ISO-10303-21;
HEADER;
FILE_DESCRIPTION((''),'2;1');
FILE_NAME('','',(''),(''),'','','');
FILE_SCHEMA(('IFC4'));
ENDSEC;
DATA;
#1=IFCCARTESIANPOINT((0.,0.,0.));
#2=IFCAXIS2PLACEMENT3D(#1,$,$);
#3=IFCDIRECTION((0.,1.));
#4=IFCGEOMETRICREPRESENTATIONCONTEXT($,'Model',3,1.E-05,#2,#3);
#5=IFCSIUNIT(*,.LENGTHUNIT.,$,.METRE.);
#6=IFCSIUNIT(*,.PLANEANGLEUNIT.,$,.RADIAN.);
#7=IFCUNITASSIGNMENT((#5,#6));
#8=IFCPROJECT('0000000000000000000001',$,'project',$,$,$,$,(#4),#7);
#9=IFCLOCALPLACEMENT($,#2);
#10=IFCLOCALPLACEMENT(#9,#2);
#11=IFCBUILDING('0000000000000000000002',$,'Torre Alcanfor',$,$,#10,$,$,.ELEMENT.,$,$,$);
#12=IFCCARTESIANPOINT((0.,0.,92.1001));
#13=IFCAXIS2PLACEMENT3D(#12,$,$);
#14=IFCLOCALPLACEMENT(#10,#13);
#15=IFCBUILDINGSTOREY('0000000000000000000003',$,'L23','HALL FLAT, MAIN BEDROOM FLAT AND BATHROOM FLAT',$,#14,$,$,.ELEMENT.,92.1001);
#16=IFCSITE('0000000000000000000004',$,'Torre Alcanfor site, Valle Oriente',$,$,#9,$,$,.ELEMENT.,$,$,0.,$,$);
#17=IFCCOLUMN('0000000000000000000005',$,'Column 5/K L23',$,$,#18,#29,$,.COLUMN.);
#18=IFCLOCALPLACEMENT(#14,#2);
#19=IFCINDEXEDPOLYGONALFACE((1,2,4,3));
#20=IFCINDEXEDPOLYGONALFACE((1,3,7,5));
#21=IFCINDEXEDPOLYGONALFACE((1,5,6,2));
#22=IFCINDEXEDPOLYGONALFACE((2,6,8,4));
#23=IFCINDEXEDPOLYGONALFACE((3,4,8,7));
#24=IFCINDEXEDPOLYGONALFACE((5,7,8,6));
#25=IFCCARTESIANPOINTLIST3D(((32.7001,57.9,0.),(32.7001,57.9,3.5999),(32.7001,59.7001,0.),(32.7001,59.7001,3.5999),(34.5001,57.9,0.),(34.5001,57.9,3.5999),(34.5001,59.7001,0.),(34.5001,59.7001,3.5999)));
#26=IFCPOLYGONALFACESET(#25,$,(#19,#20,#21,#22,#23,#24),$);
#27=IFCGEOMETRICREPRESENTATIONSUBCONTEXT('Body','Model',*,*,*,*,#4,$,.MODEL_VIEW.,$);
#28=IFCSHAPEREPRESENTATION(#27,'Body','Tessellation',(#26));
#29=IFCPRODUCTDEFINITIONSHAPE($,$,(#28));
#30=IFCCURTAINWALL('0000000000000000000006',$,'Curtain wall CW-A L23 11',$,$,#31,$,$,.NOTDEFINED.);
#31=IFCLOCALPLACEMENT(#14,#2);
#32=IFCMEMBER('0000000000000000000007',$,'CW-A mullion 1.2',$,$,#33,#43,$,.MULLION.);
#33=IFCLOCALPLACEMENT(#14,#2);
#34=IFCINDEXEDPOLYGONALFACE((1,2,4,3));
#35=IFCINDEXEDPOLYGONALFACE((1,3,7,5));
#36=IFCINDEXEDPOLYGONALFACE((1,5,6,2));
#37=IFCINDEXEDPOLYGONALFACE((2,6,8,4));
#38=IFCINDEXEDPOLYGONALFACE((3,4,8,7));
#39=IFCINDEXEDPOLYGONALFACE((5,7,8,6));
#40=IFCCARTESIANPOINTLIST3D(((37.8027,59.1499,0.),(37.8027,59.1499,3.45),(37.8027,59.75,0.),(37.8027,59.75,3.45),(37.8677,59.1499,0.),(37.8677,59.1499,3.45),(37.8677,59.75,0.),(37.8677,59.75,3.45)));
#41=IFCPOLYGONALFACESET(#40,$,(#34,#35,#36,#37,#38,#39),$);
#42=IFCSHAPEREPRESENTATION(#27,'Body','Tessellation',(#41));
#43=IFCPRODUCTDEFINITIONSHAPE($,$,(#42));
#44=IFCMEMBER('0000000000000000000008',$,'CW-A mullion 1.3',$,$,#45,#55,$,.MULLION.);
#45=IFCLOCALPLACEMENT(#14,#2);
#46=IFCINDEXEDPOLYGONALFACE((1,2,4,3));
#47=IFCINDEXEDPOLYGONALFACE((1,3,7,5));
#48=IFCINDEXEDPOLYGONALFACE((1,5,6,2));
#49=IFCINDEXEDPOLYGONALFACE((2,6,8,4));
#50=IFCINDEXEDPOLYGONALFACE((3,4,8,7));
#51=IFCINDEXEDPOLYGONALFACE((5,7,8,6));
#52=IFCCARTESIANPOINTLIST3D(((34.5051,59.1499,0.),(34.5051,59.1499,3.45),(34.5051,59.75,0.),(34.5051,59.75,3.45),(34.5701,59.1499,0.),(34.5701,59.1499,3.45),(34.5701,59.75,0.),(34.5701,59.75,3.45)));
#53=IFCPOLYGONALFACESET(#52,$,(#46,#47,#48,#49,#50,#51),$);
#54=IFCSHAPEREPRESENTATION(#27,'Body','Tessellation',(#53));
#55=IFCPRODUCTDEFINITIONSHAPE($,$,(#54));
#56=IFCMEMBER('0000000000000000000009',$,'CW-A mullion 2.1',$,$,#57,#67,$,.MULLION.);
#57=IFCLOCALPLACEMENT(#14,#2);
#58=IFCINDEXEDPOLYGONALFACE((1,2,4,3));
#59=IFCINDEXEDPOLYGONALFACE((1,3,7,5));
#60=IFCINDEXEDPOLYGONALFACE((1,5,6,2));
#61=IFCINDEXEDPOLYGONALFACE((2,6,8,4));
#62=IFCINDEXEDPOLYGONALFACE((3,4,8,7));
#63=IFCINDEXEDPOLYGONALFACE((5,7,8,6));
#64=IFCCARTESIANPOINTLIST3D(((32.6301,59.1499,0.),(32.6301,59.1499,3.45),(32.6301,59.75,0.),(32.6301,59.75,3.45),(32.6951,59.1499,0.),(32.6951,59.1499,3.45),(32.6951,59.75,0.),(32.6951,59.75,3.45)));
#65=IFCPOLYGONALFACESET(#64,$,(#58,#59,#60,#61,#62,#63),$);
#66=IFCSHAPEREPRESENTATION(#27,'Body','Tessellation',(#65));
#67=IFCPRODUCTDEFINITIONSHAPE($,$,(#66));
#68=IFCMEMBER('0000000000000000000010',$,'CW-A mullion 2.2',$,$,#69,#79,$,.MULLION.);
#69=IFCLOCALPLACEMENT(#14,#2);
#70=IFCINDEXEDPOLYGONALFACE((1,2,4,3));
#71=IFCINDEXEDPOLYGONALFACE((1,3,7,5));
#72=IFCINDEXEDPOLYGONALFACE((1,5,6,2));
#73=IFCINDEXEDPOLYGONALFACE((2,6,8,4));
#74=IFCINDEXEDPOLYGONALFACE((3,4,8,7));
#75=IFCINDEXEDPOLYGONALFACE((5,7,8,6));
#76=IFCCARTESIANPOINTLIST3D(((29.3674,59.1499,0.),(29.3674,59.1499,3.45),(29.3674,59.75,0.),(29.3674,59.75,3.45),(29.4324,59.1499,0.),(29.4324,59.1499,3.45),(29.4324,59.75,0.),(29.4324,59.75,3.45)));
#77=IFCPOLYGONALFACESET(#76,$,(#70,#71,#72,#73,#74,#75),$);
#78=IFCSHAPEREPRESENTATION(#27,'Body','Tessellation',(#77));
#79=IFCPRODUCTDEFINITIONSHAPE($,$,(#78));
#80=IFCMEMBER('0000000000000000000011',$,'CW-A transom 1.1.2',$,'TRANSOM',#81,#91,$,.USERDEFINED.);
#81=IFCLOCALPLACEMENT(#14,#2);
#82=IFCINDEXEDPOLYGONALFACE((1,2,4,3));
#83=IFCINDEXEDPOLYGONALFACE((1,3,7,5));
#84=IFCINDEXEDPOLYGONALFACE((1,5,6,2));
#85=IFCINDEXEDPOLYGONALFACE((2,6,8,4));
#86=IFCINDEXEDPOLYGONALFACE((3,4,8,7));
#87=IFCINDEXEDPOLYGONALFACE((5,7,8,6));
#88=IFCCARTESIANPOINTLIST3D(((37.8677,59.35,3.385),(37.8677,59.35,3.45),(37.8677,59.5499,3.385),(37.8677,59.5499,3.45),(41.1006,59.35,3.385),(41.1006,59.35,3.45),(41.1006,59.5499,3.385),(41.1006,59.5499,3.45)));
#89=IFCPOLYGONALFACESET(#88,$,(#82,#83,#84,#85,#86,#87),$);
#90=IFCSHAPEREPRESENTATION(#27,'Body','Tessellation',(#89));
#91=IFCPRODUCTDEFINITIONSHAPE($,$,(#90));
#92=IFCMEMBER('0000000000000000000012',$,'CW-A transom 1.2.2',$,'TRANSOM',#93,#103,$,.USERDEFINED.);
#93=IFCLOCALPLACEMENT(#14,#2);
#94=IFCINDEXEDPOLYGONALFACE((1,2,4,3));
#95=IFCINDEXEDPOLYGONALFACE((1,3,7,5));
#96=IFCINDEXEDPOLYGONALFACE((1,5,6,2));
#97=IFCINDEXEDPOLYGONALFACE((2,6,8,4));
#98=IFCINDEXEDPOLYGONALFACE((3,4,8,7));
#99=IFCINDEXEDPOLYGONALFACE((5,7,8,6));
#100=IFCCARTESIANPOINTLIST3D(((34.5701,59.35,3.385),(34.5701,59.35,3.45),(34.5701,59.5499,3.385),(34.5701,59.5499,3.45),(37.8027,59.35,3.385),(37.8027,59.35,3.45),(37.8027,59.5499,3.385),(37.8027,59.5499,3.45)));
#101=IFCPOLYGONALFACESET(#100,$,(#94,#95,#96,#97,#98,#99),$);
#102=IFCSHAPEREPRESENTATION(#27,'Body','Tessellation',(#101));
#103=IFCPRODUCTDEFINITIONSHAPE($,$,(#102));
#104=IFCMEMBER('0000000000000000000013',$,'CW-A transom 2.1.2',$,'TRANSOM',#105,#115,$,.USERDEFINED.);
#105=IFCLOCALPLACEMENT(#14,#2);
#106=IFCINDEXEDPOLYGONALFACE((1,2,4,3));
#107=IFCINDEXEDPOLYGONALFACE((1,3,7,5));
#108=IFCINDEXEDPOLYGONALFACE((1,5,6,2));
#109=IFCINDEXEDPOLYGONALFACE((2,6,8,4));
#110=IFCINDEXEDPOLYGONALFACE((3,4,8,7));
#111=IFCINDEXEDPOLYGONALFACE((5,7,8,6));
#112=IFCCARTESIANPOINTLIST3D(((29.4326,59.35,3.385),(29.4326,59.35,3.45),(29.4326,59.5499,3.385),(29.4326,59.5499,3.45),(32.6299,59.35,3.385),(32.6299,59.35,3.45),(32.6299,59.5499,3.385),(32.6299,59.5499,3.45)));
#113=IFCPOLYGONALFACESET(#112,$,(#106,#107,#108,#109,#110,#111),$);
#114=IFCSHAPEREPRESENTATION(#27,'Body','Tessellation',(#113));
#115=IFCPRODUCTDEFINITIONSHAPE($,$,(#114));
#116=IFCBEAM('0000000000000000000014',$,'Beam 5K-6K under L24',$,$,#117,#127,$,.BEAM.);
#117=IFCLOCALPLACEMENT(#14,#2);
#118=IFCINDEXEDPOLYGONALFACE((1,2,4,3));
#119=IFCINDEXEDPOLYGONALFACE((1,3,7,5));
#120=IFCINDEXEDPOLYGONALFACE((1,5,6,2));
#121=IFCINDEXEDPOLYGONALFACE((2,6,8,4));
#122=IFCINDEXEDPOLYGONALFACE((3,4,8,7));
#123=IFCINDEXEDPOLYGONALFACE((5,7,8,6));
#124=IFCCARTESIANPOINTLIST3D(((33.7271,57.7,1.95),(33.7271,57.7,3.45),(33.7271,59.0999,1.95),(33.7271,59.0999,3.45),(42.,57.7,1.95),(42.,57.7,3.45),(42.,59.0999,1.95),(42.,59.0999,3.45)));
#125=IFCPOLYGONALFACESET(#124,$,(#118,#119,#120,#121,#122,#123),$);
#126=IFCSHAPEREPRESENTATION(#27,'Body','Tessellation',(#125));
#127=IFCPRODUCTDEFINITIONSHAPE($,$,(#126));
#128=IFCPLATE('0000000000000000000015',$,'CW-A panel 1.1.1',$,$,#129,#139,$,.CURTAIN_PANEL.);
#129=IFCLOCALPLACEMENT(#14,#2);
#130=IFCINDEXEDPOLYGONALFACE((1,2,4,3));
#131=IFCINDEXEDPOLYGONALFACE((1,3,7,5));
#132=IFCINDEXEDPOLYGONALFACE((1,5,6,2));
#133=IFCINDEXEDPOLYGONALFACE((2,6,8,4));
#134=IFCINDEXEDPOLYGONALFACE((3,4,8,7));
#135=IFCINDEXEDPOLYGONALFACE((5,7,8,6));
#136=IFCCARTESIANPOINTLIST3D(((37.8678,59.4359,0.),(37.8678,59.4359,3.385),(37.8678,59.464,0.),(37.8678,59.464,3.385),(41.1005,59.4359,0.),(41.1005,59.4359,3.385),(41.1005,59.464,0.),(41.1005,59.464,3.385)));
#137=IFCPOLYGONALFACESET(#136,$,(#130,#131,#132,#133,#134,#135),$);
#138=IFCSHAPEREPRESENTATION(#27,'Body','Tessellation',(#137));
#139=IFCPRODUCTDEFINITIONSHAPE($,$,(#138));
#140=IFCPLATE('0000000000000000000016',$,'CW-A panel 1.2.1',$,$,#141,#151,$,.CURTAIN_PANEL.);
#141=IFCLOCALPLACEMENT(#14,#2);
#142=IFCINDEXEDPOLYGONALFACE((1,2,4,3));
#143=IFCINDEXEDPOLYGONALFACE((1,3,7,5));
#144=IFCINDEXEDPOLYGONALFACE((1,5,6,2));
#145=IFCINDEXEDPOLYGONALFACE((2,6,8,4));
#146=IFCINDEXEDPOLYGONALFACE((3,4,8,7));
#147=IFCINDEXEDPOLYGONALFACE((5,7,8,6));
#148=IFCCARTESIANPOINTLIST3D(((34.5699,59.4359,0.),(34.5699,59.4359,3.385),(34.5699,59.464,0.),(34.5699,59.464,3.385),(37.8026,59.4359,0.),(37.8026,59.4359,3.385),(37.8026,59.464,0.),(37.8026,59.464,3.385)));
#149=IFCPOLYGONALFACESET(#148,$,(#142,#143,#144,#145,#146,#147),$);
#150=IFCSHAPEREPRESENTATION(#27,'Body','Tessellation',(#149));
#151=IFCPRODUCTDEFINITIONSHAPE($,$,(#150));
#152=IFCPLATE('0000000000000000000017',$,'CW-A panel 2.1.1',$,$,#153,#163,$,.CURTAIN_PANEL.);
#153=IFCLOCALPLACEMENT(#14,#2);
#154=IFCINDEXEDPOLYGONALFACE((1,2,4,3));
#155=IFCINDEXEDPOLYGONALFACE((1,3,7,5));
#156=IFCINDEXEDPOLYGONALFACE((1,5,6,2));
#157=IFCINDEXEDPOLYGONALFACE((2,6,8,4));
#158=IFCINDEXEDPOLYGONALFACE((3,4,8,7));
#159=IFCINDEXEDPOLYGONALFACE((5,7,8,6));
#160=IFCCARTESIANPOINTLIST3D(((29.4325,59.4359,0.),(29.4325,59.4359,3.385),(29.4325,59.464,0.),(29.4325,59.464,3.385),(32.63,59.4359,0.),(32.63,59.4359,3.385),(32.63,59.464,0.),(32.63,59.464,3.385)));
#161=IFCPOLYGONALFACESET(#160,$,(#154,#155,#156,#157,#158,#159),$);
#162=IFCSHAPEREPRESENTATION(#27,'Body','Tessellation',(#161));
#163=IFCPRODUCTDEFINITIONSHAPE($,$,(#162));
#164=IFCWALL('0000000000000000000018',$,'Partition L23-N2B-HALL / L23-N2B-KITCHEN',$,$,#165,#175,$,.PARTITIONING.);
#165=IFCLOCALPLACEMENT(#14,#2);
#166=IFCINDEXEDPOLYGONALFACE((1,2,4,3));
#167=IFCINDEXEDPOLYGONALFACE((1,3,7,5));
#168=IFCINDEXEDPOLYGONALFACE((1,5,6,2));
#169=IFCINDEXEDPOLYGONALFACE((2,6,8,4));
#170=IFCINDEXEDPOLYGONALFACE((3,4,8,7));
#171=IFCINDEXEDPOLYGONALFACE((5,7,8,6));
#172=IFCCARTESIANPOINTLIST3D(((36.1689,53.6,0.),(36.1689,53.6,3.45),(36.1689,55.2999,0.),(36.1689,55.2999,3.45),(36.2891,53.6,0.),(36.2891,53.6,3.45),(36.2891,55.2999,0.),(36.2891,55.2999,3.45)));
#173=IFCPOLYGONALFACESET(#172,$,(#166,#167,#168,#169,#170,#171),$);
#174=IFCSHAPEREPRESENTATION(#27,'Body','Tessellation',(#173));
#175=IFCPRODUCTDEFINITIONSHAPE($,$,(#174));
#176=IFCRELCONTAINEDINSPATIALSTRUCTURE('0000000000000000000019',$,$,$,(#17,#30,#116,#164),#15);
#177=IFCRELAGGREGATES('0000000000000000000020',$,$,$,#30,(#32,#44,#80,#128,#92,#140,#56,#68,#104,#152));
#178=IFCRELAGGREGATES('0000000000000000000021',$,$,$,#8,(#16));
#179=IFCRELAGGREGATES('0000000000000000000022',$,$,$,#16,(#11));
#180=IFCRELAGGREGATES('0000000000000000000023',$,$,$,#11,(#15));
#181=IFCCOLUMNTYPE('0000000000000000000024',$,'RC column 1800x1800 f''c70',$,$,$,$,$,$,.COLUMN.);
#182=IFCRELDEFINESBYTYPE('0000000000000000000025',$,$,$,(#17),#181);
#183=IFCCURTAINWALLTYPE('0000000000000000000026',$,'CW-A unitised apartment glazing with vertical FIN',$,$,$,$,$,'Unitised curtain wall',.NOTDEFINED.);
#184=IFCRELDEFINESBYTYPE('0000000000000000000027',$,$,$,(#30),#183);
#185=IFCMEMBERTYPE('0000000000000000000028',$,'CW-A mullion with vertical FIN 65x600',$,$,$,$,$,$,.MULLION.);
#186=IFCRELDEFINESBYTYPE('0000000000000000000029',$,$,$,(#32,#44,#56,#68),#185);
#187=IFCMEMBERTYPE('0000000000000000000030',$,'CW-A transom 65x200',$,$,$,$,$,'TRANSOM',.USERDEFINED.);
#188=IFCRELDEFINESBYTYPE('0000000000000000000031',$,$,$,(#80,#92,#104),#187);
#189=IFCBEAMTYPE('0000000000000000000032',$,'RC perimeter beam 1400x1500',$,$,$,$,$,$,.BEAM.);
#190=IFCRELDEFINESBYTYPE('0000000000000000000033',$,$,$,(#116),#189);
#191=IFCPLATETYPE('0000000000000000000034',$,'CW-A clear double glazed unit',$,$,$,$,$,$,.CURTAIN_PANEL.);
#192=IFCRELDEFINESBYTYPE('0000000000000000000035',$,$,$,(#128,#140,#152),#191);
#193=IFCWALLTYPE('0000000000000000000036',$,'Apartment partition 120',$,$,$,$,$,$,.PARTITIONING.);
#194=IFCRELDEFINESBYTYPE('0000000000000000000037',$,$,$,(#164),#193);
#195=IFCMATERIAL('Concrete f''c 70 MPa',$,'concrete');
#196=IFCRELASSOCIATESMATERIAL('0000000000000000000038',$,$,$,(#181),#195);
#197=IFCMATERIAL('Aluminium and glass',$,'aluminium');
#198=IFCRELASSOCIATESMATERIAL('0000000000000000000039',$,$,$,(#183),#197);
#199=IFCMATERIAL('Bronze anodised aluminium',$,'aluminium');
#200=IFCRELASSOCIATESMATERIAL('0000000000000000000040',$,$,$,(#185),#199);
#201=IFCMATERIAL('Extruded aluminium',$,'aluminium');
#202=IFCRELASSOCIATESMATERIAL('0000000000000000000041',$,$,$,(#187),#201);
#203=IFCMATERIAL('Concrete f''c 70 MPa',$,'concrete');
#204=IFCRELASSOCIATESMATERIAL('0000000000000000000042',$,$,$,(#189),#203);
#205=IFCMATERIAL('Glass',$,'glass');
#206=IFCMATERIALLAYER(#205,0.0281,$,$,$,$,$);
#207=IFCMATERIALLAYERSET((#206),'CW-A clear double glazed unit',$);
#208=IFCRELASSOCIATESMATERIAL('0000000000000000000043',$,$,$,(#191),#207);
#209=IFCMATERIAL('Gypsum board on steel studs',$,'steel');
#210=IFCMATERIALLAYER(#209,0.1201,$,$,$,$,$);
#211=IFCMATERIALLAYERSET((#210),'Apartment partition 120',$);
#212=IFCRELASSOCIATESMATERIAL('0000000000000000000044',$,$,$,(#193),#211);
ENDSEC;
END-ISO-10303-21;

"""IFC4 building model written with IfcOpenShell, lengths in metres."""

from ifc_helpers import new_model, si_unit, direction, frame, frame_2d, origin, origin_2d, place, context, subcontext, project, spatial, rectangle, extrude, material, layer, layer_set, material_profile, profile_set, type_object, element, aggregate, save


model = new_model("IFC4")

# Units and contexts
model_context = context("Model", 3, precision=1e-05, world=origin(), true_north=direction((0.0, 1.0)))
body_context = subcontext(model_context, "Body", "Model", "MODEL_VIEW")
ifc_project = project(units=[si_unit("LENGTHUNIT", "METRE"), si_unit("PLANEANGLEUNIT", "RADIAN")], contexts=[model_context])

# Site, building, storey
site_placement = place(None, origin())
site = spatial("IfcSite", under=ifc_project, at=site_placement, Name="Torre Alcanfor site, Valle Oriente", CompositionType="ELEMENT", RefElevation=0.0)
building_placement = place(site_placement, origin())
building = spatial("IfcBuilding", under=site, at=building_placement, Name="Torre Alcanfor", CompositionType="ELEMENT")
storey_placement = place(building_placement, frame((0.0, 0.0, 92.1001)))
storey = spatial("IfcBuildingStorey", under=building, at=storey_placement, Name="L23", Description="HALL FLAT, MAIN BEDROOM FLAT AND BATHROOM FLAT", CompositionType="ELEMENT", Elevation=92.1001)

# Column
ifc_material_1 = material(Name="Concrete f'c 70 MPa", Category="concrete")
ifc_material_profile_1 = material_profile(ifc_material_1, rectangle(XDim=1.8, YDim=1.8, at=origin_2d()), Name="1800x1800")
ifc_profile_set_1 = profile_set([ifc_material_profile_1], Name="Concrete f'c 70 MPa")
column_type = type_object("IfcColumnType", Name="RC column 1800x1800 f'c70", PredefinedType="COLUMN", material=ifc_profile_set_1)
column_placement = place(storey_placement, frame((33.6001, 58.8, 0.0), z_axis=(0.0, 0.0, 1.0), x_axis=(1.0, 0.0, 0.0)))
element("IfcColumn", 1, at=column_placement, inside=storey, type_object=column_type, Name="Column 5/K L23", PredefinedType="COLUMN", context=body_context, shape_type="SweptSolid", body=[
    extrude(rectangle(XDim=1.8, YDim=1.8, at=origin_2d()), origin(), (0.0, 0.0, 1.0), 3.5999),
])

# Curtain wall, members
ifc_material_2 = material(Name="Aluminium and glass", Category="aluminium")
curtain_wall_type = type_object("IfcCurtainWallType", Name="CW-A unitised apartment glazing with vertical FIN", ElementType="Unitised curtain wall", PredefinedType="NOTDEFINED", material=ifc_material_2)
curtain_wall_placement = place(storey_placement, origin())
curtain_wall = element("IfcCurtainWall", 2, at=curtain_wall_placement, inside=storey, type_object=curtain_wall_type, Name="Curtain wall CW-A L23 11", PredefinedType="NOTDEFINED")
ifc_material_3 = material(Name="Bronze anodised aluminium", Category="aluminium")
ifc_material_profile_2 = material_profile(ifc_material_3, rectangle(XDim=0.6001, YDim=0.0649, at=origin_2d()), Name="CW-A mullion 65x600")
ifc_profile_set_2 = profile_set([ifc_material_profile_2], Name="Bronze anodised aluminium")
member_type_1 = type_object("IfcMemberType", Name="CW-A mullion with vertical FIN 65x600", PredefinedType="MULLION", material=ifc_profile_set_2)
member_1_placement = place(storey_placement, frame((37.8352, 59.45, 0.0), z_axis=(0.0, 0.0, 1.0), x_axis=(0.0, -1.0, 0.0)))
member_1 = element("IfcMember", 3, at=member_1_placement, type_object=member_type_1, Name="CW-A mullion 1.2", PredefinedType="MULLION", context=body_context, shape_type="SweptSolid", body=[
    extrude(rectangle(XDim=0.6001, YDim=0.0649, at=origin_2d()), origin(), (0.0, 0.0, 1.0), 3.45),
])
member_2_placement = place(storey_placement, frame((34.5376, 59.45, 0.0), z_axis=(0.0, 0.0, 1.0), x_axis=(0.0, -1.0, 0.0)))
member_2 = element("IfcMember", 4, at=member_2_placement, type_object=member_type_1, Name="CW-A mullion 1.3", PredefinedType="MULLION", context=body_context, shape_type="SweptSolid", body=[
    extrude(rectangle(XDim=0.6001, YDim=0.0649, at=origin_2d()), origin(), (0.0, 0.0, 1.0), 3.45),
])
member_3_placement = place(storey_placement, frame((32.6626, 59.45, 0.0), z_axis=(0.0, 0.0, 1.0), x_axis=(0.0, -1.0, 0.0)))
member_3 = element("IfcMember", 5, at=member_3_placement, type_object=member_type_1, Name="CW-A mullion 2.1", PredefinedType="MULLION", context=body_context, shape_type="SweptSolid", body=[
    extrude(rectangle(XDim=0.6001, YDim=0.0649, at=origin_2d()), origin(), (0.0, 0.0, 1.0), 3.45),
])
member_4_placement = place(storey_placement, frame((29.3999, 59.45, 0.0), z_axis=(0.0, 0.0, 1.0), x_axis=(0.0, -1.0, 0.0)))
member_4 = element("IfcMember", 6, at=member_4_placement, type_object=member_type_1, Name="CW-A mullion 2.2", PredefinedType="MULLION", context=body_context, shape_type="SweptSolid", body=[
    extrude(rectangle(XDim=0.6001, YDim=0.0649, at=origin_2d()), origin(), (0.0, 0.0, 1.0), 3.45),
])
ifc_material_4 = material(Name="Extruded aluminium", Category="aluminium")
ifc_material_profile_3 = material_profile(ifc_material_4, rectangle(XDim=0.2, YDim=0.0649, at=origin_2d()), Name="CW-A transom 200x65")
ifc_profile_set_3 = profile_set([ifc_material_profile_3], Name="Extruded aluminium")
member_type_2 = type_object("IfcMemberType", Name="CW-A transom 65x200", ElementType="TRANSOM", PredefinedType="USERDEFINED", material=ifc_profile_set_3)
member_5_placement = place(storey_placement, frame((41.1006, 59.45, 3.4175), z_axis=(-1.0, 0.0, 0.0), x_axis=(0.0, -1.0, 0.0)))
member_5 = element("IfcMember", 7, at=member_5_placement, type_object=member_type_2, Name="CW-A transom 1.1.2", ObjectType="TRANSOM", PredefinedType="USERDEFINED", context=body_context, shape_type="SweptSolid", body=[
    extrude(rectangle(XDim=0.2, YDim=0.0649, at=origin_2d()), origin(), (0.0, 0.0, 1.0), 3.2329),
])
member_6_placement = place(storey_placement, frame((37.8027, 59.45, 3.4175), z_axis=(-1.0, 0.0, 0.0), x_axis=(0.0, -1.0, 0.0)))
member_6 = element("IfcMember", 8, at=member_6_placement, type_object=member_type_2, Name="CW-A transom 1.2.2", ObjectType="TRANSOM", PredefinedType="USERDEFINED", context=body_context, shape_type="SweptSolid", body=[
    extrude(rectangle(XDim=0.2, YDim=0.0649, at=origin_2d()), origin(), (0.0, 0.0, 1.0), 3.2327),
])
member_7_placement = place(storey_placement, frame((32.6299, 59.45, 3.4175), z_axis=(-1.0, 0.0, 0.0), x_axis=(0.0, -1.0, 0.0)))
member_7 = element("IfcMember", 9, at=member_7_placement, type_object=member_type_2, Name="CW-A transom 2.1.2", ObjectType="TRANSOM", PredefinedType="USERDEFINED", context=body_context, shape_type="SweptSolid", body=[
    extrude(rectangle(XDim=0.2, YDim=0.0649, at=origin_2d()), origin(), (0.0, 0.0, 1.0), 3.1973),
])

# Beam
ifc_material_5 = material(Name="Concrete f'c 70 MPa", Category="concrete")
ifc_material_profile_4 = material_profile(ifc_material_5, rectangle(XDim=1.3999, YDim=1.5, at=origin_2d()), Name="1400x1500")
ifc_profile_set_4 = profile_set([ifc_material_profile_4], Name="Concrete f'c 70 MPa")
beam_type = type_object("IfcBeamType", Name="RC perimeter beam 1400x1500", PredefinedType="BEAM", material=ifc_profile_set_4)
beam_placement = place(storey_placement, frame((33.7271, 58.3999, 2.7), z_axis=(1.0, 0.0, 0.0), x_axis=(0.0, 1.0, 0.0)))
element("IfcBeam", 10, at=beam_placement, inside=storey, type_object=beam_type, Name="Beam 5K-6K under L24", PredefinedType="BEAM", context=body_context, shape_type="SweptSolid", body=[
    extrude(rectangle(XDim=1.3999, YDim=1.5, at=origin_2d()), origin(), (0.0, 0.0, 1.0), 8.2729),
])

# Plates
ifc_material_6 = material(Name="Glass", Category="glass")
ifc_layer_1 = layer(ifc_material_6, 0.0281)
ifc_layer_set_1 = layer_set([ifc_layer_1], Name="CW-A clear double glazed unit")
plate_type = type_object("IfcPlateType", Name="CW-A clear double glazed unit", PredefinedType="CURTAIN_PANEL", material=ifc_layer_set_1)
plate_1_placement = place(storey_placement, frame((39.4841, 59.45, 0.0), z_axis=(0.0, 0.0, 1.0), x_axis=(-1.0, 0.0, 0.0)))
plate_1 = element("IfcPlate", 11, at=plate_1_placement, type_object=plate_type, Name="CW-A panel 1.1.1", PredefinedType="CURTAIN_PANEL", context=body_context, shape_type="SweptSolid", body=[
    extrude(rectangle(XDim=3.2327, YDim=0.0281, at=origin_2d()), origin(), (0.0, 0.0, 1.0), 3.385),
])
plate_2_placement = place(storey_placement, frame((36.1863, 59.45, 0.0), z_axis=(0.0, 0.0, 1.0), x_axis=(-1.0, 0.0, 0.0)))
plate_2 = element("IfcPlate", 12, at=plate_2_placement, type_object=plate_type, Name="CW-A panel 1.2.1", PredefinedType="CURTAIN_PANEL", context=body_context, shape_type="SweptSolid", body=[
    extrude(rectangle(XDim=3.2327, YDim=0.0281, at=origin_2d()), origin(), (0.0, 0.0, 1.0), 3.385),
])
plate_3_placement = place(storey_placement, frame((31.0312, 59.45, 0.0), z_axis=(0.0, 0.0, 1.0), x_axis=(-1.0, 0.0, 0.0)))
plate_3 = element("IfcPlate", 13, at=plate_3_placement, type_object=plate_type, Name="CW-A panel 2.1.1", PredefinedType="CURTAIN_PANEL", context=body_context, shape_type="SweptSolid", body=[
    extrude(rectangle(XDim=3.1975, YDim=0.0281, at=origin_2d()), origin(), (0.0, 0.0, 1.0), 3.385),
])
aggregate(curtain_wall, [member_1, member_2, member_5, plate_1, member_6, plate_2, member_3, member_4, member_7, plate_3])

# Wall
ifc_material_7 = material(Name="Gypsum board on steel studs", Category="steel")
ifc_layer_2 = layer(ifc_material_7, 0.1201)
ifc_layer_set_2 = layer_set([ifc_layer_2], Name="Apartment partition 120")
wall_type_1 = type_object("IfcWallType", Name="Apartment partition 120", PredefinedType="PARTITIONING", material=ifc_layer_set_2)
wall_1_placement = place(storey_placement, frame((36.229, 55.3, 0.0), z_axis=(0.0, 0.0, 1.0), x_axis=(0.0, -1.0, 0.0)))
element("IfcWall", 14, at=wall_1_placement, inside=storey, type_object=wall_type_1, Name="Partition L23-N2B-HALL / L23-N2B-KITCHEN", PredefinedType="PARTITIONING", context=body_context, shape_type="SweptSolid", body=[
    extrude(rectangle(XDim=1.7, YDim=0.1201, at=frame_2d((0.8501, 0.0))), origin(), (0.0, 0.0, 1.0), 3.45),
])

save(model, "model.ifc")
